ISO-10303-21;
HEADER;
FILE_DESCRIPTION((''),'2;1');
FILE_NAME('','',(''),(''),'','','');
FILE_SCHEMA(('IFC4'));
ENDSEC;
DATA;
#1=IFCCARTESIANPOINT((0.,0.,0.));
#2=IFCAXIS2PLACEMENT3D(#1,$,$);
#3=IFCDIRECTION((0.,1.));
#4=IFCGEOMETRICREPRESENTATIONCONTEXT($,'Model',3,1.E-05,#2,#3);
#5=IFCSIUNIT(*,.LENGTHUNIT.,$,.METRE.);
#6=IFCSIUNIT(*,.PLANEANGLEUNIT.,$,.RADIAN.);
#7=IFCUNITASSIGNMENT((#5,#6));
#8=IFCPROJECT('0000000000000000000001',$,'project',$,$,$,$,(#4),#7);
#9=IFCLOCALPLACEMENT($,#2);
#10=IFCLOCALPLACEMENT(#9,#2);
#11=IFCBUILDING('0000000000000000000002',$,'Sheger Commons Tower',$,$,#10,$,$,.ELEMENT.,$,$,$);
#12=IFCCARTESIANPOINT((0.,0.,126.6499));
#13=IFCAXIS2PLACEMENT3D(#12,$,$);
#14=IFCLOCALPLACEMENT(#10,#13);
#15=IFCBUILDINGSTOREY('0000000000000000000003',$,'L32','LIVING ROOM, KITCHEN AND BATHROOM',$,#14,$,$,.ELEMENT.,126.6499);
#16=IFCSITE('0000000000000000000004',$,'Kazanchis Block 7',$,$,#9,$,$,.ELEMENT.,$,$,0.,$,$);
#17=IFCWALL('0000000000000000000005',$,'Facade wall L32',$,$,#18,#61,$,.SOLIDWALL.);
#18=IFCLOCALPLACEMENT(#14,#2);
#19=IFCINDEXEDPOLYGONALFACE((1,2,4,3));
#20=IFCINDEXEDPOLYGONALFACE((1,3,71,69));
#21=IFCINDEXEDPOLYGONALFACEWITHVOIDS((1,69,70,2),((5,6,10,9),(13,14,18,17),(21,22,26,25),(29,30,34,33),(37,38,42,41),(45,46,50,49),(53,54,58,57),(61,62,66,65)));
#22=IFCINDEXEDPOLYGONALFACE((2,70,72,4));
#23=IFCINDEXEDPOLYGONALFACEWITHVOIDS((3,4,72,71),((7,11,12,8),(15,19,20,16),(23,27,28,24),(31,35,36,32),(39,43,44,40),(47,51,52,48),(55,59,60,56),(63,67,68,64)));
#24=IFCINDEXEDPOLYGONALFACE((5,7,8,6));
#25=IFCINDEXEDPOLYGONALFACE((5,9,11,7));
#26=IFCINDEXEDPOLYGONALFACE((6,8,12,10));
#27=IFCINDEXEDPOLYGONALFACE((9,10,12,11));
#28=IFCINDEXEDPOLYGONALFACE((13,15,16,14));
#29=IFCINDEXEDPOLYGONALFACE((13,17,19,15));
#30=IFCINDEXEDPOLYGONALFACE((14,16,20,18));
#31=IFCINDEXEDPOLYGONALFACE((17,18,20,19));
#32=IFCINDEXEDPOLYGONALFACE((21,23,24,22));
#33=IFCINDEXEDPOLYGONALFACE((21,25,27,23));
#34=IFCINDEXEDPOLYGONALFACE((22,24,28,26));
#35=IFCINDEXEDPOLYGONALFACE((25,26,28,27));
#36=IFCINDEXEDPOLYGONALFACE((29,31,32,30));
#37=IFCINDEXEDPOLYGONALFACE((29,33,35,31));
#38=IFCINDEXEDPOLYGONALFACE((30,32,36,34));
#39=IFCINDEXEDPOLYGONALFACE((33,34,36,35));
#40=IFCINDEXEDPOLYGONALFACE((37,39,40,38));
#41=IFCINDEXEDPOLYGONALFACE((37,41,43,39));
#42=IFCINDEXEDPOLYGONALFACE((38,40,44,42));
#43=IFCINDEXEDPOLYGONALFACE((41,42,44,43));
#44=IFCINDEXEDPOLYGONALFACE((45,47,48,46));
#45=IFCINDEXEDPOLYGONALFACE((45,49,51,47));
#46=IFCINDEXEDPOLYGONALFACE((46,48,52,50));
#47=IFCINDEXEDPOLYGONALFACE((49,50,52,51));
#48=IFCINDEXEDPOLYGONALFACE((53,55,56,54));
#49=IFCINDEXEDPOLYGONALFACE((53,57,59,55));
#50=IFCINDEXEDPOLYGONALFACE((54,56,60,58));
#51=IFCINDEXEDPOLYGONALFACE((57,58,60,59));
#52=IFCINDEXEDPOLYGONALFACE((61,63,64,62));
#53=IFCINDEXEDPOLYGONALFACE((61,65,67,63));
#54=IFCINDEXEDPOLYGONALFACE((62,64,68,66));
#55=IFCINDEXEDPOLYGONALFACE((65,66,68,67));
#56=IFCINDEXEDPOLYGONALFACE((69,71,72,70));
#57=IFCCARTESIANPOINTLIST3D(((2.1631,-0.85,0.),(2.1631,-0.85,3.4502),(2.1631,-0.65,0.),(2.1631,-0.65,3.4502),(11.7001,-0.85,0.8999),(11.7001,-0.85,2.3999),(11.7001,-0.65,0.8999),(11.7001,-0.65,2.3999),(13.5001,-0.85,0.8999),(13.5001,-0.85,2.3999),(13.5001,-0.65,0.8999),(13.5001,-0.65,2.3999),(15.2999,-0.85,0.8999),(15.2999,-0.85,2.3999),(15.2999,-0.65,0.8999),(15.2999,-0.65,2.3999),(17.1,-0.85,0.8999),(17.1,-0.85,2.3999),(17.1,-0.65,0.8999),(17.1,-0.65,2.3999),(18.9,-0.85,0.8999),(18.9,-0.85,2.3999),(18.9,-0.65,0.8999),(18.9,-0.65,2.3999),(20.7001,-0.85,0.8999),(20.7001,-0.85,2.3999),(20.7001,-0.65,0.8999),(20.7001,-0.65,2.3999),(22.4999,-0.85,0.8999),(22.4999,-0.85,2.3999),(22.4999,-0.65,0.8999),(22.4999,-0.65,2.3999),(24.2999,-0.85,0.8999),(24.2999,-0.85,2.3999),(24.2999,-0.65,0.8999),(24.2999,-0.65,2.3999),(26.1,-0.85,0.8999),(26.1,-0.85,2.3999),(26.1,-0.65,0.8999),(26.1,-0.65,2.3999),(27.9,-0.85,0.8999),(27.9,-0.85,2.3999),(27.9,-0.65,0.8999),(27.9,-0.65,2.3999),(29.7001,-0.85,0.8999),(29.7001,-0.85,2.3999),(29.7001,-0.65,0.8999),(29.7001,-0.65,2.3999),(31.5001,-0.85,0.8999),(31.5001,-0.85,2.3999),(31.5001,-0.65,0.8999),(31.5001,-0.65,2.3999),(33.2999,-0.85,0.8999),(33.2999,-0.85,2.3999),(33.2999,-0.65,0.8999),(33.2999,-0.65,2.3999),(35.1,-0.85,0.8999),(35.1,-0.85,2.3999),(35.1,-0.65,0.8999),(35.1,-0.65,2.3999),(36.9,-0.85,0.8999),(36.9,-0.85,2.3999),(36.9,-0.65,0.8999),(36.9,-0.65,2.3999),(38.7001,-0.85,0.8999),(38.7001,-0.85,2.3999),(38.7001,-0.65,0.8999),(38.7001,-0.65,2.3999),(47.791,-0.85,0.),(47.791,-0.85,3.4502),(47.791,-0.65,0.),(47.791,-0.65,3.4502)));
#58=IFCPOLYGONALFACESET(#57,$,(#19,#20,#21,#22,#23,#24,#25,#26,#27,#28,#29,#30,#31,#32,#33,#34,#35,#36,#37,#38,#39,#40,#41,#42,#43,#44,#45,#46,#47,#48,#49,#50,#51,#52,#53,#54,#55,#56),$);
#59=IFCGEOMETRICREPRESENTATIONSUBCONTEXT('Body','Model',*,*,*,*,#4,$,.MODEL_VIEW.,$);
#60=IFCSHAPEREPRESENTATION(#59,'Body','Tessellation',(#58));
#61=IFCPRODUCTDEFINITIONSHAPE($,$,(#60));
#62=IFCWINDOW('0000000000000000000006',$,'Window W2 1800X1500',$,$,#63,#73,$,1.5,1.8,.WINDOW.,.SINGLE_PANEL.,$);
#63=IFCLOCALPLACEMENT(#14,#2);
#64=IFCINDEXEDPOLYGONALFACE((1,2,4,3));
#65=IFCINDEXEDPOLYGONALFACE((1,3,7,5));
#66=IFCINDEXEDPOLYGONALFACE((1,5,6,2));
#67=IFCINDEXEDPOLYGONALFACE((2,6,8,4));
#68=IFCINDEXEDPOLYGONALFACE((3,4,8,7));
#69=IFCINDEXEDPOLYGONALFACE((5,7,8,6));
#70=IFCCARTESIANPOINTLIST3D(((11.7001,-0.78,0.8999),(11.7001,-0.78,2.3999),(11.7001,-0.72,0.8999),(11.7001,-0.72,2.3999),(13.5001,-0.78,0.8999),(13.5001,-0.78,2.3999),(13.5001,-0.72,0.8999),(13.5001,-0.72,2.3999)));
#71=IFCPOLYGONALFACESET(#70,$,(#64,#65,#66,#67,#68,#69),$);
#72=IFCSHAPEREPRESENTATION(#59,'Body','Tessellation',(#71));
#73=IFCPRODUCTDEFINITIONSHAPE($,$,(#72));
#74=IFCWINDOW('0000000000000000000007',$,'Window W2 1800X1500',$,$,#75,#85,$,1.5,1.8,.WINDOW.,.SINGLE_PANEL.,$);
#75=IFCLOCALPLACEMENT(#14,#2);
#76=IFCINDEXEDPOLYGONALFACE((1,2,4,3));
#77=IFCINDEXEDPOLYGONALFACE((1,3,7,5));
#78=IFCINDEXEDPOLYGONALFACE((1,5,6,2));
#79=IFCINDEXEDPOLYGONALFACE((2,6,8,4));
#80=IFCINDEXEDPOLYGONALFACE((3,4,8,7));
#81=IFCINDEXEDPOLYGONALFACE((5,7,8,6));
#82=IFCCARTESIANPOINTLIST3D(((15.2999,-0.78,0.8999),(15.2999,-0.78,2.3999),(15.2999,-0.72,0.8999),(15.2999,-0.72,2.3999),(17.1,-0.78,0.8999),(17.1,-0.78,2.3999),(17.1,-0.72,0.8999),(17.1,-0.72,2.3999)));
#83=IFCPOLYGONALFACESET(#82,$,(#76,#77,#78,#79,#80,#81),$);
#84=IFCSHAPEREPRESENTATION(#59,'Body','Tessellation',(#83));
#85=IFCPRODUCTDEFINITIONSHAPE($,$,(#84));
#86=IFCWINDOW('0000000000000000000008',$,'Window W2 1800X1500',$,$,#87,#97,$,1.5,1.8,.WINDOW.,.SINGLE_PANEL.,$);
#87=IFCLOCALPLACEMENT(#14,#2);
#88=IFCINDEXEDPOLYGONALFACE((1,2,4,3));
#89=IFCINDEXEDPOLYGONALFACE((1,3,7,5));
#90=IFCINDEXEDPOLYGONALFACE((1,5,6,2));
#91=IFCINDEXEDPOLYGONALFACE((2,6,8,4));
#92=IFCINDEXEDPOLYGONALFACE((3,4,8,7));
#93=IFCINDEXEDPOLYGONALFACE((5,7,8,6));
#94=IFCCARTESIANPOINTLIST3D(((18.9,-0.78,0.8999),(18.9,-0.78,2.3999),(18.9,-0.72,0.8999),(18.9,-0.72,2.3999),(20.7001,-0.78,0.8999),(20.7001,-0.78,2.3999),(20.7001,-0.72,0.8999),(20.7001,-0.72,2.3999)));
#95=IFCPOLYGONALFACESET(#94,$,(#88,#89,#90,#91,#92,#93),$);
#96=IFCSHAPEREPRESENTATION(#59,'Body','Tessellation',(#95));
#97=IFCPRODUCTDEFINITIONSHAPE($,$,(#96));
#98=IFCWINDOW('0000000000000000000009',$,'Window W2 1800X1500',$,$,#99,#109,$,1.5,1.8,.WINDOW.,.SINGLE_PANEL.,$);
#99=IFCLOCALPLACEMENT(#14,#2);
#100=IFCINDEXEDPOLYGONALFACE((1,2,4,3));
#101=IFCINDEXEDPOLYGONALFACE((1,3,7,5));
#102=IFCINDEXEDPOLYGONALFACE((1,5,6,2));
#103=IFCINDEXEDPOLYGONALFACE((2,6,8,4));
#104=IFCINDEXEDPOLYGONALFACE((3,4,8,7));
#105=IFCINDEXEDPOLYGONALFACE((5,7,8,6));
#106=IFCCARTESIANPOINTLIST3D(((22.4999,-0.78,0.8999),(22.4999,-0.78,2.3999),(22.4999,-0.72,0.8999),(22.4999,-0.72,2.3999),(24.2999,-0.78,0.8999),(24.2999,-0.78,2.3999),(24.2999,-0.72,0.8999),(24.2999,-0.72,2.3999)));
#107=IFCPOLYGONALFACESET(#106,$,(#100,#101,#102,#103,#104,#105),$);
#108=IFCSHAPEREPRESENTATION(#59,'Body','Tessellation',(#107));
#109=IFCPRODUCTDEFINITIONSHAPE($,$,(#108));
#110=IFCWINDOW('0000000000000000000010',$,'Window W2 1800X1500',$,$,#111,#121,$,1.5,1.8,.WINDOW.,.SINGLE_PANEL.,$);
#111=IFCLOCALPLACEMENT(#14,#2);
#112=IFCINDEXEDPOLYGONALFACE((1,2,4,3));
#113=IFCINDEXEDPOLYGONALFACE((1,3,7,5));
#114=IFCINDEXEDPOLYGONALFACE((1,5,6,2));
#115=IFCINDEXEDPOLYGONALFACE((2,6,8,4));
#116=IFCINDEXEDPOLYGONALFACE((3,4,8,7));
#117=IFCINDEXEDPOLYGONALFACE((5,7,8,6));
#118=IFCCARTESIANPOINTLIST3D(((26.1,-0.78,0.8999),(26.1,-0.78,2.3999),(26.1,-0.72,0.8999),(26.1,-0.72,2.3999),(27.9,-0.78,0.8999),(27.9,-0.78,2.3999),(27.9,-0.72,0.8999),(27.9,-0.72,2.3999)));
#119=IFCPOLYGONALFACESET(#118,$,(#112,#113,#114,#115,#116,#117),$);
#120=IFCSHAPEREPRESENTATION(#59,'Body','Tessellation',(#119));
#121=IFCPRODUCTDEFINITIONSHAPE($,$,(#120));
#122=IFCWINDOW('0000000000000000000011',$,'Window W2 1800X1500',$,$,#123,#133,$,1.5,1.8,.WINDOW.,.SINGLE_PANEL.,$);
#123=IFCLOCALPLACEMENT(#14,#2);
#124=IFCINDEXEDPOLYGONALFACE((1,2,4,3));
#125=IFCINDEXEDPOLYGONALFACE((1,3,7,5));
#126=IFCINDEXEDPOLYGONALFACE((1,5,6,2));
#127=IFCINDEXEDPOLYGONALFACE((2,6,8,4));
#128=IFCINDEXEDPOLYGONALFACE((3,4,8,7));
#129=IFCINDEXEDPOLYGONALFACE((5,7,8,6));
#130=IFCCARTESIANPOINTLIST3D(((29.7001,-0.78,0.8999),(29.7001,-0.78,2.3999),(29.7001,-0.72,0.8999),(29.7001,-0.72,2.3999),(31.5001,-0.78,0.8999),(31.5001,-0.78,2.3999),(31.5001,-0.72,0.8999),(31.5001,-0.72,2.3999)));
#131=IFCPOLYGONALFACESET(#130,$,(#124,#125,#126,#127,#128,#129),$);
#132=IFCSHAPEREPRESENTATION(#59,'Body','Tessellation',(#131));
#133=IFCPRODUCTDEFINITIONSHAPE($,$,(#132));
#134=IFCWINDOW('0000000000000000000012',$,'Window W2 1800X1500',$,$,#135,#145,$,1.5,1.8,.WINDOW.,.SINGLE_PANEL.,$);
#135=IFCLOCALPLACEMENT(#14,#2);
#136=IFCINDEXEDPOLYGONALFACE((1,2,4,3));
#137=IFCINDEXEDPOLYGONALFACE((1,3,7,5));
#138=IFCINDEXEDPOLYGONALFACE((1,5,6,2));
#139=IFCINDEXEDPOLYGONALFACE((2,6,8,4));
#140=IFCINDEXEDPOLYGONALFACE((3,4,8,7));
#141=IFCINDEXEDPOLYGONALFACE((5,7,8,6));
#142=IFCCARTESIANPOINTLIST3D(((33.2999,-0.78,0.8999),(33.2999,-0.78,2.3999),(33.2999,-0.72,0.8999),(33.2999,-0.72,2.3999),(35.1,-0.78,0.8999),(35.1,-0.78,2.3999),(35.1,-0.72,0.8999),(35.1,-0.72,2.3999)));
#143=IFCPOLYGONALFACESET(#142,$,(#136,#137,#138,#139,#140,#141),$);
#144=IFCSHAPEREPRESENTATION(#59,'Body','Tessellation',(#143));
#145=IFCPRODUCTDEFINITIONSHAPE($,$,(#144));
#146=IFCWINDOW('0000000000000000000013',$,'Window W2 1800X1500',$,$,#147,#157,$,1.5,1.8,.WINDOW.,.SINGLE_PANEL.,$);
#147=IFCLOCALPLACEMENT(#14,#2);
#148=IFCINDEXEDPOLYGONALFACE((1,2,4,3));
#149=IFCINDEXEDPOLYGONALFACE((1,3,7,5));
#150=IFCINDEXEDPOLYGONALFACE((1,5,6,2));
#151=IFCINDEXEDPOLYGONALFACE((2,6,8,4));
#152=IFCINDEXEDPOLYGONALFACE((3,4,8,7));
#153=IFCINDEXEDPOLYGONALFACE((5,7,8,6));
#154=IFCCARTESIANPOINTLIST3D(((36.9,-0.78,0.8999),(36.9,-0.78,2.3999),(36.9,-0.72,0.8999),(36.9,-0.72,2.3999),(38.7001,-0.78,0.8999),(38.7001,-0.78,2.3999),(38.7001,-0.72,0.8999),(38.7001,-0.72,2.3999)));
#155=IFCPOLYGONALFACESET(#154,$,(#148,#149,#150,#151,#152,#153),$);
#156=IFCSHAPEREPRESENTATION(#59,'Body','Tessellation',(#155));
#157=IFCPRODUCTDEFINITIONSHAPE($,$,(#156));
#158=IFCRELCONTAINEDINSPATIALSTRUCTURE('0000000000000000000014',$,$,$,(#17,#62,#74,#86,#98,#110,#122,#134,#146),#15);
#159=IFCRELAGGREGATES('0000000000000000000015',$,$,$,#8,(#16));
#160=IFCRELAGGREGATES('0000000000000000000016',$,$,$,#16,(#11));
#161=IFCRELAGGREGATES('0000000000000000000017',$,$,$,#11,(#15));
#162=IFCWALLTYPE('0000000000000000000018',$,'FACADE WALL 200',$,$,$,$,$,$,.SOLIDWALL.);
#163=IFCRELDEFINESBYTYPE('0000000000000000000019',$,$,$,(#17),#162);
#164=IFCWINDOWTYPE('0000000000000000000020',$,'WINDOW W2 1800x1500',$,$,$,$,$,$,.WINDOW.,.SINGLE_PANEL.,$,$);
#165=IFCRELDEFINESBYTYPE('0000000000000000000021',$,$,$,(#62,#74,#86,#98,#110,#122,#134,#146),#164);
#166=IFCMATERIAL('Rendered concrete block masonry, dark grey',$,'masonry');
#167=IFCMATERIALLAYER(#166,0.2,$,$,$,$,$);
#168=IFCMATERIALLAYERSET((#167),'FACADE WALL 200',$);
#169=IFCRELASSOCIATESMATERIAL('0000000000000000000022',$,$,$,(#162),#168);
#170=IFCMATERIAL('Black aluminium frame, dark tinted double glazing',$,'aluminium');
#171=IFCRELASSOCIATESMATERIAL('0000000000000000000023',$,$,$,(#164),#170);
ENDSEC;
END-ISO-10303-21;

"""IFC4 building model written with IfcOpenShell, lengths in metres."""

from ifc_helpers import new_model, si_unit, direction, frame, frame_2d, origin, place, context, subcontext, project, spatial, rectangle, extrude, material, layer, layer_set, type_object, element, fill, save


model = new_model("IFC4")

# Units and contexts
model_context = context("Model", 3, precision=1e-05, world=origin(), true_north=direction((0.0, 1.0)))
body_context = subcontext(model_context, "Body", "Model", "MODEL_VIEW")
ifc_project = project(units=[si_unit("LENGTHUNIT", "METRE"), si_unit("PLANEANGLEUNIT", "RADIAN")], contexts=[model_context])

# Site, building, storey
site_placement = place(None, origin())
site = spatial("IfcSite", under=ifc_project, at=site_placement, Name="Kazanchis Block 7", CompositionType="ELEMENT", RefElevation=0.0)
building_placement = place(site_placement, origin())
building = spatial("IfcBuilding", under=site, at=building_placement, Name="Sheger Commons Tower", CompositionType="ELEMENT")
storey_placement = place(building_placement, frame((0.0, 0.0, 126.6499)))
storey = spatial("IfcBuildingStorey", under=building, at=storey_placement, Name="L32", Description="LIVING ROOM, KITCHEN AND BATHROOM", CompositionType="ELEMENT", Elevation=126.6499)

# Wall, openings, windows
ifc_material_1 = material(Name="Rendered concrete block masonry, dark grey", Category="masonry")
ifc_layer_1 = layer(ifc_material_1, 0.2)
ifc_layer_set_1 = layer_set([ifc_layer_1], Name="FACADE WALL 200")
wall_type_1 = type_object("IfcWallType", Name="FACADE WALL 200", PredefinedType="SOLIDWALL", material=ifc_layer_set_1)
wall_1_placement = place(storey_placement, frame((2.1631, -0.75, 0.0), z_axis=(0.0, 0.0, 1.0), x_axis=(1.0, 0.0, 0.0)))
wall_1 = element("IfcWall", 1, at=wall_1_placement, inside=storey, type_object=wall_type_1, Name="Facade wall L32", PredefinedType="SOLIDWALL", context=body_context, shape_type="SweptSolid", body=[
    extrude(rectangle(XDim=45.6279, YDim=0.2, at=frame_2d((22.814, 0.0))), origin(), (0.0, 0.0, 1.0), 3.4502),
])
opening_1_placement = place(wall_1_placement, frame((9.5371, 0.0, 0.8999)))
opening_1 = element("IfcOpeningElement", 2, at=opening_1_placement, cuts=wall_1, PredefinedType="OPENING", context=body_context, shape_type="SweptSolid", body=[
    extrude(rectangle(XDim=1.8, YDim=1.5, at=frame_2d((0.8999, 0.75))), frame((0.0, 0.1099, 0.0), z_axis=(0.0, -1.0, 0.0), x_axis=(1.0, 0.0, 0.0)), (0.0, 0.0, 1.0), 0.22),
])
opening_2_placement = place(wall_1_placement, frame((13.137, 0.0, 0.8999)))
opening_2 = element("IfcOpeningElement", 3, at=opening_2_placement, cuts=wall_1, PredefinedType="OPENING", context=body_context, shape_type="SweptSolid", body=[
    extrude(rectangle(XDim=1.8, YDim=1.5, at=frame_2d((0.8999, 0.75))), frame((0.0, 0.1099, 0.0), z_axis=(0.0, -1.0, 0.0), x_axis=(1.0, 0.0, 0.0)), (0.0, 0.0, 1.0), 0.22),
])
opening_3_placement = place(wall_1_placement, frame((16.7371, 0.0, 0.8999)))
opening_3 = element("IfcOpeningElement", 4, at=opening_3_placement, cuts=wall_1, PredefinedType="OPENING", context=body_context, shape_type="SweptSolid", body=[
    extrude(rectangle(XDim=1.8, YDim=1.5, at=frame_2d((0.8999, 0.75))), frame((0.0, 0.1099, 0.0), z_axis=(0.0, -1.0, 0.0), x_axis=(1.0, 0.0, 0.0)), (0.0, 0.0, 1.0), 0.22),
])
opening_4_placement = place(wall_1_placement, frame((20.3369, 0.0, 0.8999)))
opening_4 = element("IfcOpeningElement", 5, at=opening_4_placement, cuts=wall_1, PredefinedType="OPENING", context=body_context, shape_type="SweptSolid", body=[
    extrude(rectangle(XDim=1.8, YDim=1.5, at=frame_2d((0.8999, 0.75))), frame((0.0, 0.1099, 0.0), z_axis=(0.0, -1.0, 0.0), x_axis=(1.0, 0.0, 0.0)), (0.0, 0.0, 1.0), 0.22),
])
opening_5_placement = place(wall_1_placement, frame((23.937, 0.0, 0.8999)))
opening_5 = element("IfcOpeningElement", 6, at=opening_5_placement, cuts=wall_1, PredefinedType="OPENING", context=body_context, shape_type="SweptSolid", body=[
    extrude(rectangle(XDim=1.8, YDim=1.5, at=frame_2d((0.8999, 0.75))), frame((0.0, 0.1099, 0.0), z_axis=(0.0, -1.0, 0.0), x_axis=(1.0, 0.0, 0.0)), (0.0, 0.0, 1.0), 0.22),
])
opening_6_placement = place(wall_1_placement, frame((27.5371, 0.0, 0.8999)))
opening_6 = element("IfcOpeningElement", 7, at=opening_6_placement, cuts=wall_1, PredefinedType="OPENING", context=body_context, shape_type="SweptSolid", body=[
    extrude(rectangle(XDim=1.8, YDim=1.5, at=frame_2d((0.8999, 0.75))), frame((0.0, 0.1099, 0.0), z_axis=(0.0, -1.0, 0.0), x_axis=(1.0, 0.0, 0.0)), (0.0, 0.0, 1.0), 0.22),
])
opening_7_placement = place(wall_1_placement, frame((31.137, 0.0, 0.8999)))
opening_7 = element("IfcOpeningElement", 8, at=opening_7_placement, cuts=wall_1, PredefinedType="OPENING", context=body_context, shape_type="SweptSolid", body=[
    extrude(rectangle(XDim=1.8, YDim=1.5, at=frame_2d((0.8999, 0.75))), frame((0.0, 0.1099, 0.0), z_axis=(0.0, -1.0, 0.0), x_axis=(1.0, 0.0, 0.0)), (0.0, 0.0, 1.0), 0.22),
])
opening_8_placement = place(wall_1_placement, frame((34.7371, 0.0, 0.8999)))
opening_8 = element("IfcOpeningElement", 9, at=opening_8_placement, cuts=wall_1, PredefinedType="OPENING", context=body_context, shape_type="SweptSolid", body=[
    extrude(rectangle(XDim=1.8, YDim=1.5, at=frame_2d((0.8999, 0.75))), frame((0.0, 0.1099, 0.0), z_axis=(0.0, -1.0, 0.0), x_axis=(1.0, 0.0, 0.0)), (0.0, 0.0, 1.0), 0.22),
])
ifc_material_2 = material(Name="Black aluminium frame, dark tinted double glazing", Category="aluminium")
window_type = type_object("IfcWindowType", Name="WINDOW W2 1800x1500", PartitioningType="SINGLE_PANEL", PredefinedType="WINDOW", material=ifc_material_2)
window_1_placement = place(opening_1_placement, origin())
window_1 = element("IfcWindow", 10, at=window_1_placement, inside=storey, type_object=window_type, Name="Window W2 1800X1500", OverallHeight=1.5, OverallWidth=1.8, PartitioningType="SINGLE_PANEL", PredefinedType="WINDOW", context=body_context, shape_type="SweptSolid", body=[
    extrude(rectangle(XDim=1.8, YDim=1.5, at=frame_2d((0.8999, 0.75))), frame((0.0, 0.03, 0.0), z_axis=(0.0, -1.0, 0.0), x_axis=(1.0, 0.0, 0.0)), (0.0, 0.0, 1.0), 0.0601),
])
fill(opening_1, window_1)
window_2_placement = place(opening_2_placement, origin())
window_2 = element("IfcWindow", 11, at=window_2_placement, inside=storey, type_object=window_type, Name="Window W2 1800X1500", OverallHeight=1.5, OverallWidth=1.8, PartitioningType="SINGLE_PANEL", PredefinedType="WINDOW", context=body_context, shape_type="SweptSolid", body=[
    extrude(rectangle(XDim=1.8, YDim=1.5, at=frame_2d((0.8999, 0.75))), frame((0.0, 0.03, 0.0), z_axis=(0.0, -1.0, 0.0), x_axis=(1.0, 0.0, 0.0)), (0.0, 0.0, 1.0), 0.0601),
])
fill(opening_2, window_2)
window_3_placement = place(opening_3_placement, origin())
window_3 = element("IfcWindow", 12, at=window_3_placement, inside=storey, type_object=window_type, Name="Window W2 1800X1500", OverallHeight=1.5, OverallWidth=1.8, PartitioningType="SINGLE_PANEL", PredefinedType="WINDOW", context=body_context, shape_type="SweptSolid", body=[
    extrude(rectangle(XDim=1.8, YDim=1.5, at=frame_2d((0.8999, 0.75))), frame((0.0, 0.03, 0.0), z_axis=(0.0, -1.0, 0.0), x_axis=(1.0, 0.0, 0.0)), (0.0, 0.0, 1.0), 0.0601),
])
fill(opening_3, window_3)
window_4_placement = place(opening_4_placement, origin())
window_4 = element("IfcWindow", 13, at=window_4_placement, inside=storey, type_object=window_type, Name="Window W2 1800X1500", OverallHeight=1.5, OverallWidth=1.8, PartitioningType="SINGLE_PANEL", PredefinedType="WINDOW", context=body_context, shape_type="SweptSolid", body=[
    extrude(rectangle(XDim=1.8, YDim=1.5, at=frame_2d((0.8999, 0.75))), frame((0.0, 0.03, 0.0), z_axis=(0.0, -1.0, 0.0), x_axis=(1.0, 0.0, 0.0)), (0.0, 0.0, 1.0), 0.0601),
])
fill(opening_4, window_4)
window_5_placement = place(opening_5_placement, origin())
window_5 = element("IfcWindow", 14, at=window_5_placement, inside=storey, type_object=window_type, Name="Window W2 1800X1500", OverallHeight=1.5, OverallWidth=1.8, PartitioningType="SINGLE_PANEL", PredefinedType="WINDOW", context=body_context, shape_type="SweptSolid", body=[
    extrude(rectangle(XDim=1.8, YDim=1.5, at=frame_2d((0.8999, 0.75))), frame((0.0, 0.03, 0.0), z_axis=(0.0, -1.0, 0.0), x_axis=(1.0, 0.0, 0.0)), (0.0, 0.0, 1.0), 0.0601),
])
fill(opening_5, window_5)
window_6_placement = place(opening_6_placement, origin())
window_6 = element("IfcWindow", 15, at=window_6_placement, inside=storey, type_object=window_type, Name="Window W2 1800X1500", OverallHeight=1.5, OverallWidth=1.8, PartitioningType="SINGLE_PANEL", PredefinedType="WINDOW", context=body_context, shape_type="SweptSolid", body=[
    extrude(rectangle(XDim=1.8, YDim=1.5, at=frame_2d((0.8999, 0.75))), frame((0.0, 0.03, 0.0), z_axis=(0.0, -1.0, 0.0), x_axis=(1.0, 0.0, 0.0)), (0.0, 0.0, 1.0), 0.0601),
])
fill(opening_6, window_6)
window_7_placement = place(opening_7_placement, origin())
window_7 = element("IfcWindow", 16, at=window_7_placement, inside=storey, type_object=window_type, Name="Window W2 1800X1500", OverallHeight=1.5, OverallWidth=1.8, PartitioningType="SINGLE_PANEL", PredefinedType="WINDOW", context=body_context, shape_type="SweptSolid", body=[
    extrude(rectangle(XDim=1.8, YDim=1.5, at=frame_2d((0.8999, 0.75))), frame((0.0, 0.03, 0.0), z_axis=(0.0, -1.0, 0.0), x_axis=(1.0, 0.0, 0.0)), (0.0, 0.0, 1.0), 0.0601),
])
fill(opening_7, window_7)
window_8_placement = place(opening_8_placement, origin())
window_8 = element("IfcWindow", 17, at=window_8_placement, inside=storey, type_object=window_type, Name="Window W2 1800X1500", OverallHeight=1.5, OverallWidth=1.8, PartitioningType="SINGLE_PANEL", PredefinedType="WINDOW", context=body_context, shape_type="SweptSolid", body=[
    extrude(rectangle(XDim=1.8, YDim=1.5, at=frame_2d((0.8999, 0.75))), frame((0.0, 0.03, 0.0), z_axis=(0.0, -1.0, 0.0), x_axis=(1.0, 0.0, 0.0)), (0.0, 0.0, 1.0), 0.0601),
])
fill(opening_8, window_8)

save(model, "model.ifc")
